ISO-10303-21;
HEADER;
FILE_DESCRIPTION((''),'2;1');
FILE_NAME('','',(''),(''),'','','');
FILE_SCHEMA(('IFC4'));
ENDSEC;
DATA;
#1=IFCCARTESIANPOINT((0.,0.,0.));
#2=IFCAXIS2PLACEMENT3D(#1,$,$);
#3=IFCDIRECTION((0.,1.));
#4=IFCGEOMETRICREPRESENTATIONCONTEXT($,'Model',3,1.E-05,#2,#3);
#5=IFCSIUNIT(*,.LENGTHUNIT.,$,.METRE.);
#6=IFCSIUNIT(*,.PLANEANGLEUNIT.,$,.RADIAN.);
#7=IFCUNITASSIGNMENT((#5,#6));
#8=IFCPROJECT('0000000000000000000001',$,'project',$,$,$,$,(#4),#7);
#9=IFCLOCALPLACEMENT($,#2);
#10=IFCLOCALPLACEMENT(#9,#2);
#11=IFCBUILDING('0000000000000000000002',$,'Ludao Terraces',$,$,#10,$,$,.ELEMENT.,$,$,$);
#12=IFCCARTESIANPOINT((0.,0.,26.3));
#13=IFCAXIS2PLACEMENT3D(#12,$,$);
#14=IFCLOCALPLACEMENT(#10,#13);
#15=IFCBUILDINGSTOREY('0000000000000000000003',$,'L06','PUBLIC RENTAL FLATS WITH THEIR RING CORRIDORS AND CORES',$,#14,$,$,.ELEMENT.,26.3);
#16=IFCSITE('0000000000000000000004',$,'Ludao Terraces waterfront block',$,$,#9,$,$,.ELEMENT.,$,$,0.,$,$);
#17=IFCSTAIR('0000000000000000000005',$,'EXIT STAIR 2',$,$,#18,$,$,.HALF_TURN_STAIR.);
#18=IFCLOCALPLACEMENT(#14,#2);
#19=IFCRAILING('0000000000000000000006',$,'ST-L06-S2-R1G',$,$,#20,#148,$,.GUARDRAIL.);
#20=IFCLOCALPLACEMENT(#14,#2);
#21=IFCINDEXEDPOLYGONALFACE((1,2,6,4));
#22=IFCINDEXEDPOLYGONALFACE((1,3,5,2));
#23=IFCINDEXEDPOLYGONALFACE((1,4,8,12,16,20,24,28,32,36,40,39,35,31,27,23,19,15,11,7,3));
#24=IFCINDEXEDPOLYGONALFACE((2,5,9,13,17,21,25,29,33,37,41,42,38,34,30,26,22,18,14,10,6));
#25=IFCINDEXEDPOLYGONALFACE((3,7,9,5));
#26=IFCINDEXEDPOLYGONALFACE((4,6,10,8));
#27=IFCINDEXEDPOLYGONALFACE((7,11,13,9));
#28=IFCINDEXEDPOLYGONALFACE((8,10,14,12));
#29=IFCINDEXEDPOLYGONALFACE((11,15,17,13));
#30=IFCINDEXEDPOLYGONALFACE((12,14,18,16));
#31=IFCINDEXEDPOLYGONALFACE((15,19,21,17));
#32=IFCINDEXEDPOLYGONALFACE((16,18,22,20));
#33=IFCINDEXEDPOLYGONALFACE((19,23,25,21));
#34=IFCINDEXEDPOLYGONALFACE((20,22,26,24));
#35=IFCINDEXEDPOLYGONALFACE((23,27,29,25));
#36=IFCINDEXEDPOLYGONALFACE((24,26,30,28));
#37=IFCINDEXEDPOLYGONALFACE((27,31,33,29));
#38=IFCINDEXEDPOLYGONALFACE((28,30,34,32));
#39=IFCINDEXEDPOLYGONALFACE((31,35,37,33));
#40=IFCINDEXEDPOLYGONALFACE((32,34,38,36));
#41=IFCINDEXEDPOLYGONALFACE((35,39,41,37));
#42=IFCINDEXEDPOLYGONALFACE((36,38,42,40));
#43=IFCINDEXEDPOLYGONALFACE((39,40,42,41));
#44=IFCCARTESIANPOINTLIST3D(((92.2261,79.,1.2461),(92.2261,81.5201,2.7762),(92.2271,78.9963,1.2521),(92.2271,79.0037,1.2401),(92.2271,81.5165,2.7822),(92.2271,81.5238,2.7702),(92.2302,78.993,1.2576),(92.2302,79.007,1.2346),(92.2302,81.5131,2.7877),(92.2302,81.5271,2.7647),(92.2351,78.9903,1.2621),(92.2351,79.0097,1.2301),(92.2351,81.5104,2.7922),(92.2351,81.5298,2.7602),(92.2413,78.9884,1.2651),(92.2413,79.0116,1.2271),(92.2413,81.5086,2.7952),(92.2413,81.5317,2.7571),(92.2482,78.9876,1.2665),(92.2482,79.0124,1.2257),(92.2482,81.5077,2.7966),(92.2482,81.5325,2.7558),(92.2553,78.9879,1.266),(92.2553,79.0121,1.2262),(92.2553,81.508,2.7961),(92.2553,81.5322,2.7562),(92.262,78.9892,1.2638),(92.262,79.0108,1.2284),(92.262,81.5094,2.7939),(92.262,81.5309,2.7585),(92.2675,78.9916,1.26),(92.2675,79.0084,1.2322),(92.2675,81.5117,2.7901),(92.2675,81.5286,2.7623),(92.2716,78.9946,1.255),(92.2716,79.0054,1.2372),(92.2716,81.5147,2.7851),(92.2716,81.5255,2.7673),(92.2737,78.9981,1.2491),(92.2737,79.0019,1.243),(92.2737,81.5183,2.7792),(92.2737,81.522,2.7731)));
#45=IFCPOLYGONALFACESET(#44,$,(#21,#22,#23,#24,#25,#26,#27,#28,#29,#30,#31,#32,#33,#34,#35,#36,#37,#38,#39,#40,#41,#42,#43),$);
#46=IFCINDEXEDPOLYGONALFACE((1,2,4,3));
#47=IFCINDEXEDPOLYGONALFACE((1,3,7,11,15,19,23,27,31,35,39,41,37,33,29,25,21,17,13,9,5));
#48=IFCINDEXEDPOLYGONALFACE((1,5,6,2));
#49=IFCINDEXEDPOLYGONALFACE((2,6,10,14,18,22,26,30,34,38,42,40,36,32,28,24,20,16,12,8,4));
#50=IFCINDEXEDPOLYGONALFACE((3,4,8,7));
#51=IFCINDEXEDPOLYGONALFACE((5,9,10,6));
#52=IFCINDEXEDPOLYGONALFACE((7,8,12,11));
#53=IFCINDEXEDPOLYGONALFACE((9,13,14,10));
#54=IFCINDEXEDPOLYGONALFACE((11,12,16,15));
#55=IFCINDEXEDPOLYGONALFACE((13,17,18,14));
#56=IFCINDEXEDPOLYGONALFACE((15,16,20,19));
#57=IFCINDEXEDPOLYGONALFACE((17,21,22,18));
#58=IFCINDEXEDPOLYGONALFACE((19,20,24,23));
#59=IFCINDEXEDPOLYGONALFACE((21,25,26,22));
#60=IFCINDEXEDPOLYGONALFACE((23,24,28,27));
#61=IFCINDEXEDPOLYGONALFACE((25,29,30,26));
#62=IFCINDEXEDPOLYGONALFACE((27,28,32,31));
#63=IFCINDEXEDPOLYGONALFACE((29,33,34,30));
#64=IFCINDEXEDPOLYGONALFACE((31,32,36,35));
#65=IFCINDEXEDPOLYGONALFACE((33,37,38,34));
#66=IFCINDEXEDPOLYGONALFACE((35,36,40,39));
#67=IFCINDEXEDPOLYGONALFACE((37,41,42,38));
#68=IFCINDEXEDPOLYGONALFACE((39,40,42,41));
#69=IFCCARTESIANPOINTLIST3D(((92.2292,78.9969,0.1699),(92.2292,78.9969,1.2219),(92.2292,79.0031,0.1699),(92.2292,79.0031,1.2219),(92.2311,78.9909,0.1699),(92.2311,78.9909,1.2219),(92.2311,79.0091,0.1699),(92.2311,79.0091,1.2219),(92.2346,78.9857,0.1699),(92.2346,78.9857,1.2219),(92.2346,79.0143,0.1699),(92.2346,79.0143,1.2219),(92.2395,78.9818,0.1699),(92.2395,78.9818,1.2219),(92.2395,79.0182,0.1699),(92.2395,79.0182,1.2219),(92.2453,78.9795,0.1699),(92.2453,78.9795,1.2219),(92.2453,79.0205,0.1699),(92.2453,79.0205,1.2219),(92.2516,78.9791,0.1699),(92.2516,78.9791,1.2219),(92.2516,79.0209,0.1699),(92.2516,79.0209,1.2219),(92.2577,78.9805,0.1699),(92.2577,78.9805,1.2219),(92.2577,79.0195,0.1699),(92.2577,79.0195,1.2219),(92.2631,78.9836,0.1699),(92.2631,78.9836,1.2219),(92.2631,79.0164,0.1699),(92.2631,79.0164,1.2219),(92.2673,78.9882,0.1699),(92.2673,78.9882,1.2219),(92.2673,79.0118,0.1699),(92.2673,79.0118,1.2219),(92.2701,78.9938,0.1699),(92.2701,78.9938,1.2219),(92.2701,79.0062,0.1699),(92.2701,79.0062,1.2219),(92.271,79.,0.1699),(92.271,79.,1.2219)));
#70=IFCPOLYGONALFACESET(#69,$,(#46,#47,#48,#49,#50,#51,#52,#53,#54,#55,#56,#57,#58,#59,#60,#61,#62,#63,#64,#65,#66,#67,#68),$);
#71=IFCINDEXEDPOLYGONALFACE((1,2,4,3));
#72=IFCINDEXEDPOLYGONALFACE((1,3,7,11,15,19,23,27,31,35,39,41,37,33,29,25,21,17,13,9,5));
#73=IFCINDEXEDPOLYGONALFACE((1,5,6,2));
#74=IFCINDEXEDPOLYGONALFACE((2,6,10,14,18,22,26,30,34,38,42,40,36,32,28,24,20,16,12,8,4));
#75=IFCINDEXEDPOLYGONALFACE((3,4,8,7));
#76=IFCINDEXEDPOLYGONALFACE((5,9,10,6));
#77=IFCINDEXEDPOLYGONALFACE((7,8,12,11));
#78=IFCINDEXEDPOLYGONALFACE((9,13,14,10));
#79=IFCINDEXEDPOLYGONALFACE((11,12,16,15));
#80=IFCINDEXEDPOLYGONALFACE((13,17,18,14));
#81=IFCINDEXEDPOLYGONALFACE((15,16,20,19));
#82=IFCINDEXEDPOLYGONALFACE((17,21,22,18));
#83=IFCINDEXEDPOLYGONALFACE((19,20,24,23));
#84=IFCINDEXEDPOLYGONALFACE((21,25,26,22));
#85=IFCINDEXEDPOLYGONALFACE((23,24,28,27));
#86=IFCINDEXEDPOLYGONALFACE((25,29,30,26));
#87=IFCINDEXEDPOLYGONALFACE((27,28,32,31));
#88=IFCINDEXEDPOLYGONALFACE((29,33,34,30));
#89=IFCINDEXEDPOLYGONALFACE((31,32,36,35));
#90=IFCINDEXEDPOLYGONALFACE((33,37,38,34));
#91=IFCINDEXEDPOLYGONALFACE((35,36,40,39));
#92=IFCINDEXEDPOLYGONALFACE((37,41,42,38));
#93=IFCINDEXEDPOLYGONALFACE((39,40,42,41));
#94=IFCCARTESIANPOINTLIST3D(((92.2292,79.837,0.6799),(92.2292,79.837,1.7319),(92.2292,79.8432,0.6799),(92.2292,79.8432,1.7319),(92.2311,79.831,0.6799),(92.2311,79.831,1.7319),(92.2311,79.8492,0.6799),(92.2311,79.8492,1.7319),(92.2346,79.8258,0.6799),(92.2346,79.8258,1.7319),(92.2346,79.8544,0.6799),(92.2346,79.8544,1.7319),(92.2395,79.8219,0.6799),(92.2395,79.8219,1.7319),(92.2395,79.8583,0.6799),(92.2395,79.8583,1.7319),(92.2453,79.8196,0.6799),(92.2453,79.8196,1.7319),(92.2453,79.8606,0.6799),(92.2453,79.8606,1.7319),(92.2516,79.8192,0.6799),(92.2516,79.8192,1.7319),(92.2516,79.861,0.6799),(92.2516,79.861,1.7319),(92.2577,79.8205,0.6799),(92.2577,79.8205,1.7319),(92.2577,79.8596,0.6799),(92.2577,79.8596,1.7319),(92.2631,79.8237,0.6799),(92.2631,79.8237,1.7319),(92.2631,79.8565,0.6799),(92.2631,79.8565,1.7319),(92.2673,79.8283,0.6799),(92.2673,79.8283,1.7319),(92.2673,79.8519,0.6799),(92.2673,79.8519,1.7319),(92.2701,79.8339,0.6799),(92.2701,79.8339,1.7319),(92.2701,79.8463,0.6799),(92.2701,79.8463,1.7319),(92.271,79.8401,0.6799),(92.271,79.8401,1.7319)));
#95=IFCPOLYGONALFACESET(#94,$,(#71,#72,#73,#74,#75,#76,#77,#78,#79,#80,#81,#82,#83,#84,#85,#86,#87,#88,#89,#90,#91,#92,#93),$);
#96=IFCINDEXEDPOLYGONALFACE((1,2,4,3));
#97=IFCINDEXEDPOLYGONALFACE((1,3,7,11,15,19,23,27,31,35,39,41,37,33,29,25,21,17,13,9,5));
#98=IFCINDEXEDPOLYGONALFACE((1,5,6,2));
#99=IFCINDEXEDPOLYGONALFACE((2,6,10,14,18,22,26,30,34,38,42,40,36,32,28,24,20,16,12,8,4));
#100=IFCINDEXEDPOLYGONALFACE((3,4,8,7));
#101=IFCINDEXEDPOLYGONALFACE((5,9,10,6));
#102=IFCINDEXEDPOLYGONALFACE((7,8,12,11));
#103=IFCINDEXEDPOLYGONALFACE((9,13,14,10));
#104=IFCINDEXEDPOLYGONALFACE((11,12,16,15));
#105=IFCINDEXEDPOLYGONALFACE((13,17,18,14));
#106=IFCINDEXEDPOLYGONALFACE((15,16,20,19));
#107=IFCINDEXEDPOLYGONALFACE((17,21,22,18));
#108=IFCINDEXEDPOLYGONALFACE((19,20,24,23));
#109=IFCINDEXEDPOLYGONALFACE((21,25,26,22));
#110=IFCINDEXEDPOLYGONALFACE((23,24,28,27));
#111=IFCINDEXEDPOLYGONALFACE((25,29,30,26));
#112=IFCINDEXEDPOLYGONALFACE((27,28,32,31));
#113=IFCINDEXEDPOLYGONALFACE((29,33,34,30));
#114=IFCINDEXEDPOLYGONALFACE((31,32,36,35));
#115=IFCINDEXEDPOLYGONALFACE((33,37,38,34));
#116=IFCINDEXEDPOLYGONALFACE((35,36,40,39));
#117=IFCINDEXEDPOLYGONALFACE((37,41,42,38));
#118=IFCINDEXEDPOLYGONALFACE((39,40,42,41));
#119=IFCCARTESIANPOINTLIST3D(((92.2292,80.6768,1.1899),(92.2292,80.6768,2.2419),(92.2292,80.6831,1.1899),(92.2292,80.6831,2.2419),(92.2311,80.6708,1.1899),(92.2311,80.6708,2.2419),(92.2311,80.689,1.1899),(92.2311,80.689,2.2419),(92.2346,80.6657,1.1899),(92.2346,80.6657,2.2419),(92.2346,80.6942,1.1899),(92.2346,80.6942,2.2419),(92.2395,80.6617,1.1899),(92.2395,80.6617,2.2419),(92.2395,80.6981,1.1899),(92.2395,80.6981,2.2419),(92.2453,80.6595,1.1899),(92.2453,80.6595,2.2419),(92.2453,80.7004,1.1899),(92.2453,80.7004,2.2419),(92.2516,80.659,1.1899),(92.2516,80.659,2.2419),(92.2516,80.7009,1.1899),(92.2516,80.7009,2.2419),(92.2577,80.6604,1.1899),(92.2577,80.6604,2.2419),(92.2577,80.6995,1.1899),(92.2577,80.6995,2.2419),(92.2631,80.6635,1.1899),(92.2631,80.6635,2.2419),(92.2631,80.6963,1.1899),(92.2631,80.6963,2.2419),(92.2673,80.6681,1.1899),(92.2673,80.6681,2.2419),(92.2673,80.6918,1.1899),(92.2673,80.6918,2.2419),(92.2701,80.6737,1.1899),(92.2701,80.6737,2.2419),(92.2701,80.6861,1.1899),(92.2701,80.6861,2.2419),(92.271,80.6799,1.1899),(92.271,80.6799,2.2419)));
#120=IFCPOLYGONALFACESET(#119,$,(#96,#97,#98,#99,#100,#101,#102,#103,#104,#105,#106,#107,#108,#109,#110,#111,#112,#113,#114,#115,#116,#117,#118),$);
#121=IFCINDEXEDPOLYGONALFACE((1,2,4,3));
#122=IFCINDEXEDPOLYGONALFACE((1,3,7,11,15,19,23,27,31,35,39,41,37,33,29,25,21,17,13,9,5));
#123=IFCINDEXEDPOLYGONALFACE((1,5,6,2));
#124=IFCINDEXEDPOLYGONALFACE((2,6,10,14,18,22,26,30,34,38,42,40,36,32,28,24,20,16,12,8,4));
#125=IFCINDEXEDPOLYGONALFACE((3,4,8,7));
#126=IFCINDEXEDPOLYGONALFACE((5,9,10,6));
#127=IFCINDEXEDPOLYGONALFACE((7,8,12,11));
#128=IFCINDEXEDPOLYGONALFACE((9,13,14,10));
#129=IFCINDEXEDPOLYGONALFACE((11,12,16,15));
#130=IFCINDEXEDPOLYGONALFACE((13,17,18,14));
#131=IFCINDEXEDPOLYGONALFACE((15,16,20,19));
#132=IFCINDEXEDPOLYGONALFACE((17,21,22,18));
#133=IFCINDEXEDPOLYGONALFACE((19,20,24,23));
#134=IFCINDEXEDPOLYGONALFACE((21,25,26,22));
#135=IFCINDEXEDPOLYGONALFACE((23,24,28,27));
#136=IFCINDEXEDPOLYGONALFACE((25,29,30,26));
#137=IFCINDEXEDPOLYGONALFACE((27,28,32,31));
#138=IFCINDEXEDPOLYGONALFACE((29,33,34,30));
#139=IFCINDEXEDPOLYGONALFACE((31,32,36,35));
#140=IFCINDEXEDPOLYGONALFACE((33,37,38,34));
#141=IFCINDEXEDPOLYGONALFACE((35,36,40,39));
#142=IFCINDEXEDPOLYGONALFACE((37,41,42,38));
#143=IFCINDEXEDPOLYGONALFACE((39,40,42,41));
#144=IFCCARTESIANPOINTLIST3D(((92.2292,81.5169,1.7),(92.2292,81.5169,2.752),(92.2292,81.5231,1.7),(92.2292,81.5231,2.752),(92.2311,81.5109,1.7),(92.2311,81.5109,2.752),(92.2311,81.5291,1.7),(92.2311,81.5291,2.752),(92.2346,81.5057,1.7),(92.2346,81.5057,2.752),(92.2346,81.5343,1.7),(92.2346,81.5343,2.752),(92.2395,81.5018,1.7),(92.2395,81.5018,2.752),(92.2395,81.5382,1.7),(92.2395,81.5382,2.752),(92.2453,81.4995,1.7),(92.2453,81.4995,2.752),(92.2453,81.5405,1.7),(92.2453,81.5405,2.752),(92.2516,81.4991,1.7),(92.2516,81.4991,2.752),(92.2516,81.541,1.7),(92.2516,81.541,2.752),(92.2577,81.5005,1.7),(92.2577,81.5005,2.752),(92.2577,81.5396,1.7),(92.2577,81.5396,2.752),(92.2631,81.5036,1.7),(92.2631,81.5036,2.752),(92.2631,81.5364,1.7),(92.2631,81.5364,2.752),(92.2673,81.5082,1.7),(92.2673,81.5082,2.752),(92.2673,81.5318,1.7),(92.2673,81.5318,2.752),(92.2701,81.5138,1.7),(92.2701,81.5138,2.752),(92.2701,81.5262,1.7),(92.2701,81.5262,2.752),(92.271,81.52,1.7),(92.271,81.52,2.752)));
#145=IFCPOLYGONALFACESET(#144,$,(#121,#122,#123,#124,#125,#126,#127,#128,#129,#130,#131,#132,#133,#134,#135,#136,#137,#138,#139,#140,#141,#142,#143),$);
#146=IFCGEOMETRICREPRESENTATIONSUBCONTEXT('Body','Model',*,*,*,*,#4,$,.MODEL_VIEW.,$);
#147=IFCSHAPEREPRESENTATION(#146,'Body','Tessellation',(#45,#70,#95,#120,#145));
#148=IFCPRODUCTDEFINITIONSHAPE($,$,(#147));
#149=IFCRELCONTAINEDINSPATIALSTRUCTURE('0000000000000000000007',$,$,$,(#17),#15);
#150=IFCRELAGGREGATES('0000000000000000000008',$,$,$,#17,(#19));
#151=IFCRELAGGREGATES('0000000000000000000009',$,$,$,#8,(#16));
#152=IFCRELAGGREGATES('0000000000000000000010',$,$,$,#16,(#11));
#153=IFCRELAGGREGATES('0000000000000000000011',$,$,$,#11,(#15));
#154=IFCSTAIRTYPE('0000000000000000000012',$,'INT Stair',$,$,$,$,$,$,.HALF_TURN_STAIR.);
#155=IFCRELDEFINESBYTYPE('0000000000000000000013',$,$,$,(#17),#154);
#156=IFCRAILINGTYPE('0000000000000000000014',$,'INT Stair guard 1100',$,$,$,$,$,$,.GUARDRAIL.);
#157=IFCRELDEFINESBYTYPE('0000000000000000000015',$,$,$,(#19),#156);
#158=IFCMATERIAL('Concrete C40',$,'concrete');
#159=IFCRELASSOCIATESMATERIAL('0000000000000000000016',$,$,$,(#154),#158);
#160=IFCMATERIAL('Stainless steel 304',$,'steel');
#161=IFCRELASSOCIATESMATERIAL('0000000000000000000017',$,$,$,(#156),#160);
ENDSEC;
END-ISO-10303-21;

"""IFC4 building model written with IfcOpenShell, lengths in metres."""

from ifc_helpers import new_model, si_unit, direction, frame, origin, origin_2d, place, context, subcontext, project, spatial, circle, extrude, material, type_object, element, aggregate, save


model = new_model("IFC4")

# Units and contexts
model_context = context("Model", 3, precision=1e-05, world=origin(), true_north=direction((0.0, 1.0)))
body_context = subcontext(model_context, "Body", "Model", "MODEL_VIEW")
ifc_project = project(units=[si_unit("LENGTHUNIT", "METRE"), si_unit("PLANEANGLEUNIT", "RADIAN")], contexts=[model_context])

# Site, building, storey
site_placement = place(None, origin())
site = spatial("IfcSite", under=ifc_project, at=site_placement, Name="Ludao Terraces waterfront block", CompositionType="ELEMENT", RefElevation=0.0)
building_placement = place(site_placement, origin())
building = spatial("IfcBuilding", under=site, at=building_placement, Name="Ludao Terraces", CompositionType="ELEMENT")
storey_placement = place(building_placement, frame((0.0, 0.0, 26.3)))
storey = spatial("IfcBuildingStorey", under=building, at=storey_placement, Name="L06", Description="PUBLIC RENTAL FLATS WITH THEIR RING CORRIDORS AND CORES", CompositionType="ELEMENT", Elevation=26.3)

# Shared definitions
ifc_material_1 = material(Name="Stainless steel 304", Category="steel")

# Stair, railing
ifc_material_2 = material(Name="Concrete C40", Category="concrete")
stair_type = type_object("IfcStairType", Name="INT Stair", PredefinedType="HALF_TURN_STAIR", material=ifc_material_2)
stair_placement = place(storey_placement, origin())
stair = element("IfcStair", 1, at=stair_placement, inside=storey, type_object=stair_type, Name="EXIT STAIR 2", PredefinedType="HALF_TURN_STAIR")
railing_type_1 = type_object("IfcRailingType", Name="INT Stair guard 1100", PredefinedType="GUARDRAIL", material=ifc_material_1)
railing_1_placement = place(storey_placement, frame((92.25, 79.0, 0.1699)))
railing_1 = element("IfcRailing", 2, at=railing_1_placement, type_object=railing_type_1, Name="ST-L06-S2-R1G", PredefinedType="GUARDRAIL", context=body_context, shape_type="SweptSolid", body=[
    extrude(circle(Radius=0.0239, at=origin_2d()), frame((0.0, 0.0, 1.0762), z_axis=(0.0, 0.854785, 0.518982), x_axis=(-1.0, 0.0, 0.0)), (0.0, 0.0, 1.0), 2.9482),
    extrude(circle(Radius=0.021, at=origin_2d()), origin(), (0.0, 0.0, 1.0), 1.052),
    extrude(circle(Radius=0.021, at=origin_2d()), frame((0.0, 0.8401, 0.51)), (0.0, 0.0, 1.0), 1.052),
    extrude(circle(Radius=0.021, at=origin_2d()), frame((0.0, 1.6799, 1.02)), (0.0, 0.0, 1.0), 1.052),
    extrude(circle(Radius=0.021, at=origin_2d()), frame((0.0, 2.52, 1.53)), (0.0, 0.0, 1.0), 1.052),
])
aggregate(stair, [railing_1])

save(model, "model.ifc")
